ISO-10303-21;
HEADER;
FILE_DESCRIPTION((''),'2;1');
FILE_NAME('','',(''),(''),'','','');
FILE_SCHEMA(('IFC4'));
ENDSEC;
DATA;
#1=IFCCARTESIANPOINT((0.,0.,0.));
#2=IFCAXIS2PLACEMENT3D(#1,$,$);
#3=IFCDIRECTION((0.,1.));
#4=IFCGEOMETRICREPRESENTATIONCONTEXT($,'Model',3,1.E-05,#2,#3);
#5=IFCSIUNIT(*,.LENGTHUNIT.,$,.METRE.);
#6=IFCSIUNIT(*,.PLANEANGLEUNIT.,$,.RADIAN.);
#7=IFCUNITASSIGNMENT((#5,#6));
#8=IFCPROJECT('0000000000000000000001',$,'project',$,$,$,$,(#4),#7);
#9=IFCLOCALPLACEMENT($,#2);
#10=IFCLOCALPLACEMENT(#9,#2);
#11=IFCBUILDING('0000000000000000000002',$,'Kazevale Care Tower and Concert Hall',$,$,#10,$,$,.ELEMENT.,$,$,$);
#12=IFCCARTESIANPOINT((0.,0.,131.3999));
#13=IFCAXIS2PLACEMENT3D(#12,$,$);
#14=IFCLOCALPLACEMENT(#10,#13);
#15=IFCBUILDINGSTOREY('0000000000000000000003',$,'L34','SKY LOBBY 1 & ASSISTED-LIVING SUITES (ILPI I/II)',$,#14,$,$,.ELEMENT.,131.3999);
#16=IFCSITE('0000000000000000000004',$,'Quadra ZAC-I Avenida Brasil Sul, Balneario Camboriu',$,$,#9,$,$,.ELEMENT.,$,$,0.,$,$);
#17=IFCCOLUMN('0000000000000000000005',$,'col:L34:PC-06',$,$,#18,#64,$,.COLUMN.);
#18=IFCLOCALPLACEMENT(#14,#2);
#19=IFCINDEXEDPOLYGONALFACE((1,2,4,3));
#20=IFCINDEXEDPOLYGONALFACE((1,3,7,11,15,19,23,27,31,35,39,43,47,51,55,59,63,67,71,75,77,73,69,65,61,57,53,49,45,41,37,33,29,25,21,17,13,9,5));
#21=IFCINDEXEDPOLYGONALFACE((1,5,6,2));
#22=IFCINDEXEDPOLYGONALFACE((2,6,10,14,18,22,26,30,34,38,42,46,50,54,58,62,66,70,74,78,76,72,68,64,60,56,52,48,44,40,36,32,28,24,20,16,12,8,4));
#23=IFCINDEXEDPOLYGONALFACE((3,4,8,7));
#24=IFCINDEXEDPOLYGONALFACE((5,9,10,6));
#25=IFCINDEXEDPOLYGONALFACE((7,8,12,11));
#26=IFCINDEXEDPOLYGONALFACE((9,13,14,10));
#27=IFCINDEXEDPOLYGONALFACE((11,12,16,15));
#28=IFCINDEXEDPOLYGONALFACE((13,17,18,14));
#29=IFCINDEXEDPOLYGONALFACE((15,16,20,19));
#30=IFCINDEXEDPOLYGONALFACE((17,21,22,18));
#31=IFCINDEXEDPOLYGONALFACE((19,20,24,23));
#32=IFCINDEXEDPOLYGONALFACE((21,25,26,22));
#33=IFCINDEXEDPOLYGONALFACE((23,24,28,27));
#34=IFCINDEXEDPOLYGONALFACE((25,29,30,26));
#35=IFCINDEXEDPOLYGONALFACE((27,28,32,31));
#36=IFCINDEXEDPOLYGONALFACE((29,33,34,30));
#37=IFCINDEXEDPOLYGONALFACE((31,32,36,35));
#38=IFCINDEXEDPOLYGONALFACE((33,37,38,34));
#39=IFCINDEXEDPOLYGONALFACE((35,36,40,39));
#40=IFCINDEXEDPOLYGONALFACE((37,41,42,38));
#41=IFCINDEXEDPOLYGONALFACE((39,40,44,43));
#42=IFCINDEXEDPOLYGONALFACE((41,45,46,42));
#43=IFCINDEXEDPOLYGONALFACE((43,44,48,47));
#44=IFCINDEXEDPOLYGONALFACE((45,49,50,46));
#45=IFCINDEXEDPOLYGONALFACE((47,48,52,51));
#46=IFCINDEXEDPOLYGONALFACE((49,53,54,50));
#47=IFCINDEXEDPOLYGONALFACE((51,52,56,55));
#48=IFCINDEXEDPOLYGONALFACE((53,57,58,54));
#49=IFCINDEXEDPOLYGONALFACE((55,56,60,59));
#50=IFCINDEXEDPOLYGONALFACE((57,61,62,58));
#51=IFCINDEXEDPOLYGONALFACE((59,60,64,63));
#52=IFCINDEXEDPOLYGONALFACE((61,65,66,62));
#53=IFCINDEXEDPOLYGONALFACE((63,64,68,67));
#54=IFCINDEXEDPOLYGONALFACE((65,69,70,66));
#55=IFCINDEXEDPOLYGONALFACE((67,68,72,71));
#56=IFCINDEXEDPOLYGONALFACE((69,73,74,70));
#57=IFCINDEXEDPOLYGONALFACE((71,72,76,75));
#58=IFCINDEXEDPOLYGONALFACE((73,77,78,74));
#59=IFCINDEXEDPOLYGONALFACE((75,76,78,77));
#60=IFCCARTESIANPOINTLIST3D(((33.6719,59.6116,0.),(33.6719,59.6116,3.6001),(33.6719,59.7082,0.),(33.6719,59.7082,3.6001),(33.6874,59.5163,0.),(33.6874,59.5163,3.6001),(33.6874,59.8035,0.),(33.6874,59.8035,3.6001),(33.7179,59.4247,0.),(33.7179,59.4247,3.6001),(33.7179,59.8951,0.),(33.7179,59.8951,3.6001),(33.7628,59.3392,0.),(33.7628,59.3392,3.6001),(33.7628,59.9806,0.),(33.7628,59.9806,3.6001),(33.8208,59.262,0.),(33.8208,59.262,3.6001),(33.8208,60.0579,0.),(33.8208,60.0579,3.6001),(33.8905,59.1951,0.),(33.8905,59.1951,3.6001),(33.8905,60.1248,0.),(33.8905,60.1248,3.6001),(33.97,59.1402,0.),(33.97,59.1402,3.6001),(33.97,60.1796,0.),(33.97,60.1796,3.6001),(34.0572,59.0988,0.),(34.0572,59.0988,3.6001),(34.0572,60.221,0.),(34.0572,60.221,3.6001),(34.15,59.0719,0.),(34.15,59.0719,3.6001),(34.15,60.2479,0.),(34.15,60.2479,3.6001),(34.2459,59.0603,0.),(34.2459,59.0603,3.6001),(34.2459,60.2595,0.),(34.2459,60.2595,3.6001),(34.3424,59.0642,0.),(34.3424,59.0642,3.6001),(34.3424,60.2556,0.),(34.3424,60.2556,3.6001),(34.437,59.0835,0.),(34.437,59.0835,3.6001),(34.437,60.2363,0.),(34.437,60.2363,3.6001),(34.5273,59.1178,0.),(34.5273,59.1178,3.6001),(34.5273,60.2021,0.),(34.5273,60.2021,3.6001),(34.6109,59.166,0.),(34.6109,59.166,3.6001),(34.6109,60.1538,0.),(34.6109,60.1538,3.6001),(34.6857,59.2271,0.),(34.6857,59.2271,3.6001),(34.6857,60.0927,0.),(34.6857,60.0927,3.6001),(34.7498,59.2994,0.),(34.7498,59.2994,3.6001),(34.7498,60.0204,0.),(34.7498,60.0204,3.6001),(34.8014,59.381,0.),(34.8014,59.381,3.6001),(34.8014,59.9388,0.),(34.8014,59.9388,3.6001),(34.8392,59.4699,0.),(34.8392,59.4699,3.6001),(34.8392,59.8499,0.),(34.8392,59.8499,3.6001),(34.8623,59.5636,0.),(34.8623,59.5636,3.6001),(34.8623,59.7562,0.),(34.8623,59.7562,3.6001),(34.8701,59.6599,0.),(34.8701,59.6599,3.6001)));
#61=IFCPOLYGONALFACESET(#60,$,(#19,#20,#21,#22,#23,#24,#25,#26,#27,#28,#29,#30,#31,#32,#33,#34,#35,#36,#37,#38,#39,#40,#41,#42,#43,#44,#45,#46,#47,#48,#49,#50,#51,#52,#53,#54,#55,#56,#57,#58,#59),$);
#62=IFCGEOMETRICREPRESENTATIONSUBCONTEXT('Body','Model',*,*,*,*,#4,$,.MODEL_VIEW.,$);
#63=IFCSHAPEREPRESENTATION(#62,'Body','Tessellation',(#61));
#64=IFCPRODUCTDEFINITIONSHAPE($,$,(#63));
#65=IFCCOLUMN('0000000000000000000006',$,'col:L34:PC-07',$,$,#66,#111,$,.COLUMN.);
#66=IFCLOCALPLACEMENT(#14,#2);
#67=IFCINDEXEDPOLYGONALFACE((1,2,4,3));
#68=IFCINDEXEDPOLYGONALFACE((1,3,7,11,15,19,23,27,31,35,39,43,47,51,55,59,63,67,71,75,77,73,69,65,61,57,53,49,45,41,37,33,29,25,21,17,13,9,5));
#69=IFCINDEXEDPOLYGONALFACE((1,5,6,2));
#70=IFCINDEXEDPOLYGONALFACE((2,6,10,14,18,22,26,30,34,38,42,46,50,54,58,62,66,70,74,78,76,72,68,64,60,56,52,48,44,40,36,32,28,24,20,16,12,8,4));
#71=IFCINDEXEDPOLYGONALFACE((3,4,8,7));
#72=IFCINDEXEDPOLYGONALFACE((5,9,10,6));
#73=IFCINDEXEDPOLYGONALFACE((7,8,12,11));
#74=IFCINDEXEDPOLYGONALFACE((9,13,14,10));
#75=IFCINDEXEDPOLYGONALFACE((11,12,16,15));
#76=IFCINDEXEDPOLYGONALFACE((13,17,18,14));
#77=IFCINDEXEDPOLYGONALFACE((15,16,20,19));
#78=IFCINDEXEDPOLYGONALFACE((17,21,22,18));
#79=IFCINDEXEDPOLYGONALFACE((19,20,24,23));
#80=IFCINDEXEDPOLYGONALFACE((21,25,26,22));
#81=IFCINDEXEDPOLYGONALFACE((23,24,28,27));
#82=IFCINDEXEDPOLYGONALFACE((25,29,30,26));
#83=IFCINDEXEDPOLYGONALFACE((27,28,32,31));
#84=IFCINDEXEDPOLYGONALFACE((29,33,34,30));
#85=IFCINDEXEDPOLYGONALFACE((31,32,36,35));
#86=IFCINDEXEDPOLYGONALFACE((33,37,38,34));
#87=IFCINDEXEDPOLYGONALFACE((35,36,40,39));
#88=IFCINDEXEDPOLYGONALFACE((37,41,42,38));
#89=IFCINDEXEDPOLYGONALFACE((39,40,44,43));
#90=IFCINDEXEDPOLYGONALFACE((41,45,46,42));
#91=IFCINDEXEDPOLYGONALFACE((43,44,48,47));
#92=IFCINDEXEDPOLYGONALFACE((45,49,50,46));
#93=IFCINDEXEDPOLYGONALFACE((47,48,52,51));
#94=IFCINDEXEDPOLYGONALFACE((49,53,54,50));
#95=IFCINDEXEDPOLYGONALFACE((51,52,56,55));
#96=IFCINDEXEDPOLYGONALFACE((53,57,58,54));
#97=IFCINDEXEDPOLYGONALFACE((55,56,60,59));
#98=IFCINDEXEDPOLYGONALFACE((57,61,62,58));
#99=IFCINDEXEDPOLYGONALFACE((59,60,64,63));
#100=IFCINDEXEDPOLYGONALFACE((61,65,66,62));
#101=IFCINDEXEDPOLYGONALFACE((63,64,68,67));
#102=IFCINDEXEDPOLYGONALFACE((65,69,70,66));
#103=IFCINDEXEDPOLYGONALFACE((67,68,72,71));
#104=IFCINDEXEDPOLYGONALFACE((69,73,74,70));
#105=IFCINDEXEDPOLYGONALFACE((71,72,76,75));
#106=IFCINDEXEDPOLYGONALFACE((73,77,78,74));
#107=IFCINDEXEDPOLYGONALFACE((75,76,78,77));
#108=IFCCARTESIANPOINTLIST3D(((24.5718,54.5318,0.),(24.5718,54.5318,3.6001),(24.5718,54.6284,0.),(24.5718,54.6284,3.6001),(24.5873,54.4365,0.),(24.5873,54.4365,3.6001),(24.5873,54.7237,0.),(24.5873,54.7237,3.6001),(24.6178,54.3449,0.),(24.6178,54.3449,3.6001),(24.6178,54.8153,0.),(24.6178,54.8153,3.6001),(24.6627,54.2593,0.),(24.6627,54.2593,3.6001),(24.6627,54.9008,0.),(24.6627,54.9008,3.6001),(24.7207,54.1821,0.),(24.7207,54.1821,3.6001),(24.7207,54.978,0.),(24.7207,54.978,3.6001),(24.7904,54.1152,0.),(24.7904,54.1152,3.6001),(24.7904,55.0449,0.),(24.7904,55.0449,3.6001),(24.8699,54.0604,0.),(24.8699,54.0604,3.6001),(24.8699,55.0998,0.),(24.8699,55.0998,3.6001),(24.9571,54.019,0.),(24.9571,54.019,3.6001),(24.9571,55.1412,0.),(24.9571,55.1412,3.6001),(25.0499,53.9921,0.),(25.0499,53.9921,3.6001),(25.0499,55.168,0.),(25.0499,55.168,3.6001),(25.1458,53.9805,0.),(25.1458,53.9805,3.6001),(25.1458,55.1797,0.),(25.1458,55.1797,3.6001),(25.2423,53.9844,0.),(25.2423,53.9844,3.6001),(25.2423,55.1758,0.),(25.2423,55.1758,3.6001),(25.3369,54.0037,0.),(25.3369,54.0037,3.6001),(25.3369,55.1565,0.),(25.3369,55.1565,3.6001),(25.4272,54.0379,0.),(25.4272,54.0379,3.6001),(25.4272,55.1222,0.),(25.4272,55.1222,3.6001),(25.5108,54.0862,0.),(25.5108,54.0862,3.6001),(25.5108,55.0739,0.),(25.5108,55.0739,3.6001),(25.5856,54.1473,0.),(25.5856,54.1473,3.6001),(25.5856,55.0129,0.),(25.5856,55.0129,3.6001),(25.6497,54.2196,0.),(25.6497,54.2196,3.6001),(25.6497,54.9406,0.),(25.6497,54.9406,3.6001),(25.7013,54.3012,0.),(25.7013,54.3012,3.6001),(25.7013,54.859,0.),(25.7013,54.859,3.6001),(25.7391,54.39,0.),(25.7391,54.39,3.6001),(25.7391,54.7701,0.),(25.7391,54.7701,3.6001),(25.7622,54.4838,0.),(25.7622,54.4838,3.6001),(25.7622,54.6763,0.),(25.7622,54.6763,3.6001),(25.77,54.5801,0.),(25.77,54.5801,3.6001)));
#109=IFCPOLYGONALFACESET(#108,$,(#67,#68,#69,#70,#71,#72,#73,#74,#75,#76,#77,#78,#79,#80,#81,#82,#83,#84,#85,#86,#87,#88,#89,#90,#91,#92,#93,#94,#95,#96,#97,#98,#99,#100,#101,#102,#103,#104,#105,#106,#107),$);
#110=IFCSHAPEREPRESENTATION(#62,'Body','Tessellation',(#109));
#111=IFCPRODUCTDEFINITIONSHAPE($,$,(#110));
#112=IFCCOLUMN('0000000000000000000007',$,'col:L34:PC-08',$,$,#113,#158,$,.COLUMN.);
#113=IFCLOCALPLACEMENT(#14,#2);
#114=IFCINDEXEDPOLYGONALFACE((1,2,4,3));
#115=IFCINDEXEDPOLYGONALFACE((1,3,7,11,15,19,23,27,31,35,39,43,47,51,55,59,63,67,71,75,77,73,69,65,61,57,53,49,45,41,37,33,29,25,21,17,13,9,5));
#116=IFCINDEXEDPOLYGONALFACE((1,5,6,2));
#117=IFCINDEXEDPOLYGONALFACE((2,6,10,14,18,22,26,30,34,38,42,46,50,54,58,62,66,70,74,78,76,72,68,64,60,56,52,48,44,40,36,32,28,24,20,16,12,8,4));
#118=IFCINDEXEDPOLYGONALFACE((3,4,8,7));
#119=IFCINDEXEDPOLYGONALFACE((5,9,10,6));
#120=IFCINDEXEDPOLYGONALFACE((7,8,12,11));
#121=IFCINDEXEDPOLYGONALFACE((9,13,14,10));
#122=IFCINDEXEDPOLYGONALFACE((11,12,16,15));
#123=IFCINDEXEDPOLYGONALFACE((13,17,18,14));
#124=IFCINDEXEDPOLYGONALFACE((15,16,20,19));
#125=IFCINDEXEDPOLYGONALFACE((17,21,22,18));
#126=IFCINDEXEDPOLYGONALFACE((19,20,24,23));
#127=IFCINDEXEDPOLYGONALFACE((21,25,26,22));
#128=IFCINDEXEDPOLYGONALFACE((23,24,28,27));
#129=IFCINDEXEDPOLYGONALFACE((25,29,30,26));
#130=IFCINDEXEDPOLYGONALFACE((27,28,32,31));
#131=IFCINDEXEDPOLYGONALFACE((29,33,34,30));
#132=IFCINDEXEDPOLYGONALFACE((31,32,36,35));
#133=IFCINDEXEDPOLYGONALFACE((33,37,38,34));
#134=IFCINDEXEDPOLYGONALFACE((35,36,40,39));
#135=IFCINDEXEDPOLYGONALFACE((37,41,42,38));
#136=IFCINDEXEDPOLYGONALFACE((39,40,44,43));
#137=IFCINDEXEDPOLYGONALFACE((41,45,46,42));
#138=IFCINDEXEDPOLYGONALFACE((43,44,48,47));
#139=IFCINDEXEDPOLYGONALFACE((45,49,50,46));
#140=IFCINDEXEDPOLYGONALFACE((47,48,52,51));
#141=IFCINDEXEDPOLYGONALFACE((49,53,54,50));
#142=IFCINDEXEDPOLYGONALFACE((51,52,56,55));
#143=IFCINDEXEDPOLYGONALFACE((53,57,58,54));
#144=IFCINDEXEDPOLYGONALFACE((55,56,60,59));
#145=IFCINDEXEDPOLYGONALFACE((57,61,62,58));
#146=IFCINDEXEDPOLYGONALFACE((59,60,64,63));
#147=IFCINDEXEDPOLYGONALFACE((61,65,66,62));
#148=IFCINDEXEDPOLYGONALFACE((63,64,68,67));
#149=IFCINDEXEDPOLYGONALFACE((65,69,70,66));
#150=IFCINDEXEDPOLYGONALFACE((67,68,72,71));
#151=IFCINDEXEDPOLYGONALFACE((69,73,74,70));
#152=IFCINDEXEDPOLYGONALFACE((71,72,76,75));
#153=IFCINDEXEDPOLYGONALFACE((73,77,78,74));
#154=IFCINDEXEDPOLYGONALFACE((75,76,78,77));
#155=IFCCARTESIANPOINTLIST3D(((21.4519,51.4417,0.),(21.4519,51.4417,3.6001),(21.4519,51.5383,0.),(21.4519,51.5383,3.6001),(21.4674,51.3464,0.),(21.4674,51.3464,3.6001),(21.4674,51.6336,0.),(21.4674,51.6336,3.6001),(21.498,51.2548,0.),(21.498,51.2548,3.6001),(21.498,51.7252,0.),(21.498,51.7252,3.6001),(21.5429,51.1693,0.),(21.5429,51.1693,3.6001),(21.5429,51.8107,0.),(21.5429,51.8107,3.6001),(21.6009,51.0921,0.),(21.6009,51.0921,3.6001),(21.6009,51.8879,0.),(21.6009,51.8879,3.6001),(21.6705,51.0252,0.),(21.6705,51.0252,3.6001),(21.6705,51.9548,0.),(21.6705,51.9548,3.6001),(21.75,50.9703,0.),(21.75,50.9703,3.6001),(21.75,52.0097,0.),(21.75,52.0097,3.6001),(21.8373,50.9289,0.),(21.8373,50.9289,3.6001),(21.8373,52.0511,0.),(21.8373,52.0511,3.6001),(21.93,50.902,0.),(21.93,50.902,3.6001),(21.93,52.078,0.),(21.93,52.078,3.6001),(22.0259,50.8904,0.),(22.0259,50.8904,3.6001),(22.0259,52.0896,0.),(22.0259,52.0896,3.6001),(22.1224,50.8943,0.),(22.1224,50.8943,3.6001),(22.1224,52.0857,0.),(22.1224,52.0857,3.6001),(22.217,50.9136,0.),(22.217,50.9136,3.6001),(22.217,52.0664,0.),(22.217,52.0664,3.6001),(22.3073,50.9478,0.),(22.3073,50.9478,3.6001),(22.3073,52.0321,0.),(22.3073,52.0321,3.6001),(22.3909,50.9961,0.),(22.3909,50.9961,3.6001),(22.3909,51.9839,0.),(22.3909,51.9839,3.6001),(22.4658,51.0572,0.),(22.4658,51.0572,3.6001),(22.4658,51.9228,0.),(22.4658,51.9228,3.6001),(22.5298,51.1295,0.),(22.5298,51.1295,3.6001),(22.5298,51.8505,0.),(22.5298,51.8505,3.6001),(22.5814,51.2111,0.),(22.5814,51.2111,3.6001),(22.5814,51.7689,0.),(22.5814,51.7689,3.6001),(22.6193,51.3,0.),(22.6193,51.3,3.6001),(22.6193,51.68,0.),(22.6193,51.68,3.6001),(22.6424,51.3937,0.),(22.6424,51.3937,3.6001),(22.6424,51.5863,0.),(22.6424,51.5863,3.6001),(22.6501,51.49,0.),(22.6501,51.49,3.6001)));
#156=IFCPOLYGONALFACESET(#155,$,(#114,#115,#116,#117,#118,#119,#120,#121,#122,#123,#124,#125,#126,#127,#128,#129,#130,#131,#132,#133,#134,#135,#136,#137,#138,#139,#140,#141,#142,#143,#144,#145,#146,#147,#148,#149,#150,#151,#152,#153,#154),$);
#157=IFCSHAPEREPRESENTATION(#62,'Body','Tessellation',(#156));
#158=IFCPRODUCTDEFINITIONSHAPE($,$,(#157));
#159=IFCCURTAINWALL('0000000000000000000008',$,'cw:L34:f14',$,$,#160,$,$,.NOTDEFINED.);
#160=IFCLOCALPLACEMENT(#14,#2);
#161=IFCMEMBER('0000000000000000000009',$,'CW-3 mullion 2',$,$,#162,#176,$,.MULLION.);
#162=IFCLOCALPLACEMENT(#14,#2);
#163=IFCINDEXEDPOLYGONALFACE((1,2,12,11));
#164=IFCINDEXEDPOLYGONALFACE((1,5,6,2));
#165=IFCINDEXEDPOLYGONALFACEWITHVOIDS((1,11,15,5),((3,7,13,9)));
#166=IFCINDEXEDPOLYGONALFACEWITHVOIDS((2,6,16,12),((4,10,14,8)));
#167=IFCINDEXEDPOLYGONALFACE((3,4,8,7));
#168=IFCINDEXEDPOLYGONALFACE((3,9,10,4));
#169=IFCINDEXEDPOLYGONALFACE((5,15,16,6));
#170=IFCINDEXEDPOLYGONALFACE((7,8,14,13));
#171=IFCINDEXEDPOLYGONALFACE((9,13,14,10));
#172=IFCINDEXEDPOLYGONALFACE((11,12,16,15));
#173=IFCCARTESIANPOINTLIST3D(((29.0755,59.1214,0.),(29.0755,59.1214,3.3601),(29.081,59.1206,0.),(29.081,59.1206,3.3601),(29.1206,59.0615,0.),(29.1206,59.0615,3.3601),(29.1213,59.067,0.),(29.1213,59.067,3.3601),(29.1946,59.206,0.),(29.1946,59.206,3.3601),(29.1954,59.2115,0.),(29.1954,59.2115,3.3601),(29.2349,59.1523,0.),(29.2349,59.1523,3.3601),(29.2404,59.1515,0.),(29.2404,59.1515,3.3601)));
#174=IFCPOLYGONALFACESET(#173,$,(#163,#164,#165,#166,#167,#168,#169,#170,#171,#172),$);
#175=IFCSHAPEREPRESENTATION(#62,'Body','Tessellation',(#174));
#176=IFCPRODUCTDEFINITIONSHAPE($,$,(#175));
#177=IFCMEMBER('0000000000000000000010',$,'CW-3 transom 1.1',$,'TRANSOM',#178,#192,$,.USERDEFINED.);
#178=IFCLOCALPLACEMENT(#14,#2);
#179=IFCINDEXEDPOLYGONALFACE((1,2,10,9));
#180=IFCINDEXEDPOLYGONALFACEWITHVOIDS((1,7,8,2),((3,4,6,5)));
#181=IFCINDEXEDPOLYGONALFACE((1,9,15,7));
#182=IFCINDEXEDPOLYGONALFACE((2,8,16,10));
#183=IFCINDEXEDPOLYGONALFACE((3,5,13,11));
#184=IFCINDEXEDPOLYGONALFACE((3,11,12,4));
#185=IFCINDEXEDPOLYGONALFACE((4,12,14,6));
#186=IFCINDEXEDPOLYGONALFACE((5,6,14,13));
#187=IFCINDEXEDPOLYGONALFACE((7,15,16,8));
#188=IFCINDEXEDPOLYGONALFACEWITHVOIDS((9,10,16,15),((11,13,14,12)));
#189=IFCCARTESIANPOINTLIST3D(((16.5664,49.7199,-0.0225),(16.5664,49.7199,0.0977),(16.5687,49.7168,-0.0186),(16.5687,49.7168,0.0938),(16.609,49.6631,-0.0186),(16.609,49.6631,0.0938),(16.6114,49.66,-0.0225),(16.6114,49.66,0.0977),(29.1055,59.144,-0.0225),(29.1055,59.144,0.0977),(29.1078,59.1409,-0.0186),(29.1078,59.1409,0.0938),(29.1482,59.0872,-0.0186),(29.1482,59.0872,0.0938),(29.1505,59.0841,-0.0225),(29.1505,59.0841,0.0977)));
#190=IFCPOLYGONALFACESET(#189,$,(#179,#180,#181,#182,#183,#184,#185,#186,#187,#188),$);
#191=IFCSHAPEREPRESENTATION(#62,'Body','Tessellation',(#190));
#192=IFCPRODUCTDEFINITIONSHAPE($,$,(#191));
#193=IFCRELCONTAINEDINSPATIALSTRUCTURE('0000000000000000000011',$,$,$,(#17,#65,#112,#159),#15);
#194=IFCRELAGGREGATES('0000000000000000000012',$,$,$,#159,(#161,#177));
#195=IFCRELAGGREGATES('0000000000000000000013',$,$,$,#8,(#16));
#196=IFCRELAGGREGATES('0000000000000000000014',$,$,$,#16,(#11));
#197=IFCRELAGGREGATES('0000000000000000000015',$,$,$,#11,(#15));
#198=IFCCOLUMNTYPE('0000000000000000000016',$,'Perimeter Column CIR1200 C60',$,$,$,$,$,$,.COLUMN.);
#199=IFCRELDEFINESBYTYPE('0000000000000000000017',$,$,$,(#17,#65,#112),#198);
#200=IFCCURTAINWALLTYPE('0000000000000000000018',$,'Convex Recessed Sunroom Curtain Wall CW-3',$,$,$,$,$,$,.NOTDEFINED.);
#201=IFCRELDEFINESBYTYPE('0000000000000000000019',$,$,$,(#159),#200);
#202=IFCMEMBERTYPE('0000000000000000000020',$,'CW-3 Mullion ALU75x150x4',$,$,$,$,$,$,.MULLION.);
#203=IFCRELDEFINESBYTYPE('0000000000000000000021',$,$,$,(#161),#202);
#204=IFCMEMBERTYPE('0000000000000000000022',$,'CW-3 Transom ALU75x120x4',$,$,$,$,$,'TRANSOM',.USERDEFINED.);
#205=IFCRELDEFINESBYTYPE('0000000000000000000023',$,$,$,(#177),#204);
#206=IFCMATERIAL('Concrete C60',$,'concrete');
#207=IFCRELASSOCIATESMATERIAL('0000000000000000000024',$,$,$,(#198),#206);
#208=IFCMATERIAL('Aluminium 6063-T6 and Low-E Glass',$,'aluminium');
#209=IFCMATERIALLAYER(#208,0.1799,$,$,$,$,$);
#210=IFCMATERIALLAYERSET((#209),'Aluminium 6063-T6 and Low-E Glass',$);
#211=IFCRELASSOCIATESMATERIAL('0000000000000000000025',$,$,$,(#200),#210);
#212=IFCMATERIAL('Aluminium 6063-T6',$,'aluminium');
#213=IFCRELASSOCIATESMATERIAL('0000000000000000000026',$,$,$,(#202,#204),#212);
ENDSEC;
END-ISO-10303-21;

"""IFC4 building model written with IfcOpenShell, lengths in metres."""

from ifc_helpers import new_model, si_unit, direction, frame, origin, origin_2d, place, context, subcontext, project, spatial, hollow_rectangle, circle, extrude, material, layer, layer_set, material_profile, profile_set, type_object, element, aggregate, save


model = new_model("IFC4")

# Units and contexts
model_context = context("Model", 3, precision=1e-05, world=origin(), true_north=direction((0.0, 1.0)))
body_context = subcontext(model_context, "Body", "Model", "MODEL_VIEW")
ifc_project = project(units=[si_unit("LENGTHUNIT", "METRE"), si_unit("PLANEANGLEUNIT", "RADIAN")], contexts=[model_context])

# Site, building, storey
site_placement = place(None, origin())
site = spatial("IfcSite", under=ifc_project, at=site_placement, Name="Quadra ZAC-I Avenida Brasil Sul, Balneario Camboriu", CompositionType="ELEMENT", RefElevation=0.0)
building_placement = place(site_placement, origin())
building = spatial("IfcBuilding", under=site, at=building_placement, Name="Kazevale Care Tower and Concert Hall", CompositionType="ELEMENT")
storey_placement = place(building_placement, frame((0.0, 0.0, 131.3999)))
storey = spatial("IfcBuildingStorey", under=building, at=storey_placement, Name="L34", Description="SKY LOBBY 1 & ASSISTED-LIVING SUITES (ILPI I/II)", CompositionType="ELEMENT", Elevation=131.3999)

# Columns
ifc_material_1 = material(Name="Concrete C60", Category="concrete")
ifc_material_profile_1 = material_profile(ifc_material_1, circle(Radius=0.6001, at=origin_2d()), Name="RC-CIR1200")
ifc_profile_set_1 = profile_set([ifc_material_profile_1], Name="Concrete C60")
column_type = type_object("IfcColumnType", Name="Perimeter Column CIR1200 C60", PredefinedType="COLUMN", material=ifc_profile_set_1)
for number, where, z_axis, x_axis, name in (
    (1, (34.27, 59.6599, 0.0), (0.0, 0.0, 1.0), (1.0, 0.0, 0.0), "col:L34:PC-06"),
    (2, (25.1699, 54.5801, 0.0), (0.0, 0.0, 1.0), (1.0, 0.0, 0.0), "col:L34:PC-07"),
    (3, (22.05, 51.49, 0.0), (0.0, 0.0, 1.0), (1.0, 0.0, 0.0), "col:L34:PC-08"),
):
    element("IfcColumn", number, at=place(storey_placement, frame(where, z_axis=z_axis, x_axis=x_axis)), inside=storey, type_object=column_type, Name=name, PredefinedType="COLUMN", context=body_context, shape_type="SweptSolid", body=[
        extrude(circle(Radius=0.6001, at=origin_2d()), origin(), (0.0, 0.0, 1.0), 3.6001),
    ])

# Curtain wall, members
ifc_material_2 = material(Name="Aluminium 6063-T6 and Low-E Glass", Category="aluminium")
ifc_layer_1 = layer(ifc_material_2, 0.1799)
ifc_layer_set_1 = layer_set([ifc_layer_1], Name="Aluminium 6063-T6 and Low-E Glass")
curtain_wall_type = type_object("IfcCurtainWallType", Name="Convex Recessed Sunroom Curtain Wall CW-3", PredefinedType="NOTDEFINED", material=ifc_layer_set_1)
curtain_wall_placement = place(storey_placement, origin())
curtain_wall = element("IfcCurtainWall", 4, at=curtain_wall_placement, inside=storey, type_object=curtain_wall_type, Name="cw:L34:f14", PredefinedType="NOTDEFINED")
ifc_material_3 = material(Name="Aluminium 6063-T6", Category="aluminium")
ifc_material_profile_2 = material_profile(ifc_material_3, hollow_rectangle(XDim=0.075, YDim=0.1499, WallThickness=0.0039, at=origin_2d()), Name="ALU75x150x4")
ifc_profile_set_2 = profile_set([ifc_material_profile_2], Name="Aluminium 6063-T6")
member_type_1 = type_object("IfcMemberType", Name="CW-3 Mullion ALU75x150x4", PredefinedType="MULLION", material=ifc_profile_set_2)
member_1_placement = place(storey_placement, frame((29.158, 59.1365, 0.0), z_axis=(0.0, 0.0, 1.0), x_axis=(-0.600798, 0.799401, 0.0)))
member_1 = element("IfcMember", 5, at=member_1_placement, type_object=member_type_1, Name="CW-3 mullion 2", PredefinedType="MULLION", context=body_context, shape_type="SweptSolid", body=[
    extrude(hollow_rectangle(XDim=0.075, YDim=0.1499, WallThickness=0.0039, at=origin_2d()), origin(), (0.0, 0.0, 1.0), 3.3601),
])
ifc_material_profile_3 = material_profile(ifc_material_3, hollow_rectangle(XDim=0.075, YDim=0.1201, WallThickness=0.0039, at=origin_2d()), Name="ALU75x120x4")
ifc_profile_set_3 = profile_set([ifc_material_profile_3], Name="Aluminium 6063-T6")
member_type_2 = type_object("IfcMemberType", Name="CW-3 Transom ALU75x120x4", ElementType="TRANSOM", PredefinedType="USERDEFINED", material=ifc_profile_set_3)
member_2_placement = place(storey_placement, frame((16.5889, 49.6899, 0.0376), z_axis=(0.799394, 0.600807, 0.0), x_axis=(-0.600807, 0.799394, 0.0)))
member_2 = element("IfcMember", 6, at=member_2_placement, type_object=member_type_2, Name="CW-3 transom 1.1", ObjectType="TRANSOM", PredefinedType="USERDEFINED", context=body_context, shape_type="SweptSolid", body=[
    extrude(hollow_rectangle(XDim=0.075, YDim=0.1201, WallThickness=0.0039, at=origin_2d()), origin(), (0.0, 0.0, 1.0), 15.6858),
])

aggregate(curtain_wall, [member_1, member_2])

save(model, "model.ifc")
